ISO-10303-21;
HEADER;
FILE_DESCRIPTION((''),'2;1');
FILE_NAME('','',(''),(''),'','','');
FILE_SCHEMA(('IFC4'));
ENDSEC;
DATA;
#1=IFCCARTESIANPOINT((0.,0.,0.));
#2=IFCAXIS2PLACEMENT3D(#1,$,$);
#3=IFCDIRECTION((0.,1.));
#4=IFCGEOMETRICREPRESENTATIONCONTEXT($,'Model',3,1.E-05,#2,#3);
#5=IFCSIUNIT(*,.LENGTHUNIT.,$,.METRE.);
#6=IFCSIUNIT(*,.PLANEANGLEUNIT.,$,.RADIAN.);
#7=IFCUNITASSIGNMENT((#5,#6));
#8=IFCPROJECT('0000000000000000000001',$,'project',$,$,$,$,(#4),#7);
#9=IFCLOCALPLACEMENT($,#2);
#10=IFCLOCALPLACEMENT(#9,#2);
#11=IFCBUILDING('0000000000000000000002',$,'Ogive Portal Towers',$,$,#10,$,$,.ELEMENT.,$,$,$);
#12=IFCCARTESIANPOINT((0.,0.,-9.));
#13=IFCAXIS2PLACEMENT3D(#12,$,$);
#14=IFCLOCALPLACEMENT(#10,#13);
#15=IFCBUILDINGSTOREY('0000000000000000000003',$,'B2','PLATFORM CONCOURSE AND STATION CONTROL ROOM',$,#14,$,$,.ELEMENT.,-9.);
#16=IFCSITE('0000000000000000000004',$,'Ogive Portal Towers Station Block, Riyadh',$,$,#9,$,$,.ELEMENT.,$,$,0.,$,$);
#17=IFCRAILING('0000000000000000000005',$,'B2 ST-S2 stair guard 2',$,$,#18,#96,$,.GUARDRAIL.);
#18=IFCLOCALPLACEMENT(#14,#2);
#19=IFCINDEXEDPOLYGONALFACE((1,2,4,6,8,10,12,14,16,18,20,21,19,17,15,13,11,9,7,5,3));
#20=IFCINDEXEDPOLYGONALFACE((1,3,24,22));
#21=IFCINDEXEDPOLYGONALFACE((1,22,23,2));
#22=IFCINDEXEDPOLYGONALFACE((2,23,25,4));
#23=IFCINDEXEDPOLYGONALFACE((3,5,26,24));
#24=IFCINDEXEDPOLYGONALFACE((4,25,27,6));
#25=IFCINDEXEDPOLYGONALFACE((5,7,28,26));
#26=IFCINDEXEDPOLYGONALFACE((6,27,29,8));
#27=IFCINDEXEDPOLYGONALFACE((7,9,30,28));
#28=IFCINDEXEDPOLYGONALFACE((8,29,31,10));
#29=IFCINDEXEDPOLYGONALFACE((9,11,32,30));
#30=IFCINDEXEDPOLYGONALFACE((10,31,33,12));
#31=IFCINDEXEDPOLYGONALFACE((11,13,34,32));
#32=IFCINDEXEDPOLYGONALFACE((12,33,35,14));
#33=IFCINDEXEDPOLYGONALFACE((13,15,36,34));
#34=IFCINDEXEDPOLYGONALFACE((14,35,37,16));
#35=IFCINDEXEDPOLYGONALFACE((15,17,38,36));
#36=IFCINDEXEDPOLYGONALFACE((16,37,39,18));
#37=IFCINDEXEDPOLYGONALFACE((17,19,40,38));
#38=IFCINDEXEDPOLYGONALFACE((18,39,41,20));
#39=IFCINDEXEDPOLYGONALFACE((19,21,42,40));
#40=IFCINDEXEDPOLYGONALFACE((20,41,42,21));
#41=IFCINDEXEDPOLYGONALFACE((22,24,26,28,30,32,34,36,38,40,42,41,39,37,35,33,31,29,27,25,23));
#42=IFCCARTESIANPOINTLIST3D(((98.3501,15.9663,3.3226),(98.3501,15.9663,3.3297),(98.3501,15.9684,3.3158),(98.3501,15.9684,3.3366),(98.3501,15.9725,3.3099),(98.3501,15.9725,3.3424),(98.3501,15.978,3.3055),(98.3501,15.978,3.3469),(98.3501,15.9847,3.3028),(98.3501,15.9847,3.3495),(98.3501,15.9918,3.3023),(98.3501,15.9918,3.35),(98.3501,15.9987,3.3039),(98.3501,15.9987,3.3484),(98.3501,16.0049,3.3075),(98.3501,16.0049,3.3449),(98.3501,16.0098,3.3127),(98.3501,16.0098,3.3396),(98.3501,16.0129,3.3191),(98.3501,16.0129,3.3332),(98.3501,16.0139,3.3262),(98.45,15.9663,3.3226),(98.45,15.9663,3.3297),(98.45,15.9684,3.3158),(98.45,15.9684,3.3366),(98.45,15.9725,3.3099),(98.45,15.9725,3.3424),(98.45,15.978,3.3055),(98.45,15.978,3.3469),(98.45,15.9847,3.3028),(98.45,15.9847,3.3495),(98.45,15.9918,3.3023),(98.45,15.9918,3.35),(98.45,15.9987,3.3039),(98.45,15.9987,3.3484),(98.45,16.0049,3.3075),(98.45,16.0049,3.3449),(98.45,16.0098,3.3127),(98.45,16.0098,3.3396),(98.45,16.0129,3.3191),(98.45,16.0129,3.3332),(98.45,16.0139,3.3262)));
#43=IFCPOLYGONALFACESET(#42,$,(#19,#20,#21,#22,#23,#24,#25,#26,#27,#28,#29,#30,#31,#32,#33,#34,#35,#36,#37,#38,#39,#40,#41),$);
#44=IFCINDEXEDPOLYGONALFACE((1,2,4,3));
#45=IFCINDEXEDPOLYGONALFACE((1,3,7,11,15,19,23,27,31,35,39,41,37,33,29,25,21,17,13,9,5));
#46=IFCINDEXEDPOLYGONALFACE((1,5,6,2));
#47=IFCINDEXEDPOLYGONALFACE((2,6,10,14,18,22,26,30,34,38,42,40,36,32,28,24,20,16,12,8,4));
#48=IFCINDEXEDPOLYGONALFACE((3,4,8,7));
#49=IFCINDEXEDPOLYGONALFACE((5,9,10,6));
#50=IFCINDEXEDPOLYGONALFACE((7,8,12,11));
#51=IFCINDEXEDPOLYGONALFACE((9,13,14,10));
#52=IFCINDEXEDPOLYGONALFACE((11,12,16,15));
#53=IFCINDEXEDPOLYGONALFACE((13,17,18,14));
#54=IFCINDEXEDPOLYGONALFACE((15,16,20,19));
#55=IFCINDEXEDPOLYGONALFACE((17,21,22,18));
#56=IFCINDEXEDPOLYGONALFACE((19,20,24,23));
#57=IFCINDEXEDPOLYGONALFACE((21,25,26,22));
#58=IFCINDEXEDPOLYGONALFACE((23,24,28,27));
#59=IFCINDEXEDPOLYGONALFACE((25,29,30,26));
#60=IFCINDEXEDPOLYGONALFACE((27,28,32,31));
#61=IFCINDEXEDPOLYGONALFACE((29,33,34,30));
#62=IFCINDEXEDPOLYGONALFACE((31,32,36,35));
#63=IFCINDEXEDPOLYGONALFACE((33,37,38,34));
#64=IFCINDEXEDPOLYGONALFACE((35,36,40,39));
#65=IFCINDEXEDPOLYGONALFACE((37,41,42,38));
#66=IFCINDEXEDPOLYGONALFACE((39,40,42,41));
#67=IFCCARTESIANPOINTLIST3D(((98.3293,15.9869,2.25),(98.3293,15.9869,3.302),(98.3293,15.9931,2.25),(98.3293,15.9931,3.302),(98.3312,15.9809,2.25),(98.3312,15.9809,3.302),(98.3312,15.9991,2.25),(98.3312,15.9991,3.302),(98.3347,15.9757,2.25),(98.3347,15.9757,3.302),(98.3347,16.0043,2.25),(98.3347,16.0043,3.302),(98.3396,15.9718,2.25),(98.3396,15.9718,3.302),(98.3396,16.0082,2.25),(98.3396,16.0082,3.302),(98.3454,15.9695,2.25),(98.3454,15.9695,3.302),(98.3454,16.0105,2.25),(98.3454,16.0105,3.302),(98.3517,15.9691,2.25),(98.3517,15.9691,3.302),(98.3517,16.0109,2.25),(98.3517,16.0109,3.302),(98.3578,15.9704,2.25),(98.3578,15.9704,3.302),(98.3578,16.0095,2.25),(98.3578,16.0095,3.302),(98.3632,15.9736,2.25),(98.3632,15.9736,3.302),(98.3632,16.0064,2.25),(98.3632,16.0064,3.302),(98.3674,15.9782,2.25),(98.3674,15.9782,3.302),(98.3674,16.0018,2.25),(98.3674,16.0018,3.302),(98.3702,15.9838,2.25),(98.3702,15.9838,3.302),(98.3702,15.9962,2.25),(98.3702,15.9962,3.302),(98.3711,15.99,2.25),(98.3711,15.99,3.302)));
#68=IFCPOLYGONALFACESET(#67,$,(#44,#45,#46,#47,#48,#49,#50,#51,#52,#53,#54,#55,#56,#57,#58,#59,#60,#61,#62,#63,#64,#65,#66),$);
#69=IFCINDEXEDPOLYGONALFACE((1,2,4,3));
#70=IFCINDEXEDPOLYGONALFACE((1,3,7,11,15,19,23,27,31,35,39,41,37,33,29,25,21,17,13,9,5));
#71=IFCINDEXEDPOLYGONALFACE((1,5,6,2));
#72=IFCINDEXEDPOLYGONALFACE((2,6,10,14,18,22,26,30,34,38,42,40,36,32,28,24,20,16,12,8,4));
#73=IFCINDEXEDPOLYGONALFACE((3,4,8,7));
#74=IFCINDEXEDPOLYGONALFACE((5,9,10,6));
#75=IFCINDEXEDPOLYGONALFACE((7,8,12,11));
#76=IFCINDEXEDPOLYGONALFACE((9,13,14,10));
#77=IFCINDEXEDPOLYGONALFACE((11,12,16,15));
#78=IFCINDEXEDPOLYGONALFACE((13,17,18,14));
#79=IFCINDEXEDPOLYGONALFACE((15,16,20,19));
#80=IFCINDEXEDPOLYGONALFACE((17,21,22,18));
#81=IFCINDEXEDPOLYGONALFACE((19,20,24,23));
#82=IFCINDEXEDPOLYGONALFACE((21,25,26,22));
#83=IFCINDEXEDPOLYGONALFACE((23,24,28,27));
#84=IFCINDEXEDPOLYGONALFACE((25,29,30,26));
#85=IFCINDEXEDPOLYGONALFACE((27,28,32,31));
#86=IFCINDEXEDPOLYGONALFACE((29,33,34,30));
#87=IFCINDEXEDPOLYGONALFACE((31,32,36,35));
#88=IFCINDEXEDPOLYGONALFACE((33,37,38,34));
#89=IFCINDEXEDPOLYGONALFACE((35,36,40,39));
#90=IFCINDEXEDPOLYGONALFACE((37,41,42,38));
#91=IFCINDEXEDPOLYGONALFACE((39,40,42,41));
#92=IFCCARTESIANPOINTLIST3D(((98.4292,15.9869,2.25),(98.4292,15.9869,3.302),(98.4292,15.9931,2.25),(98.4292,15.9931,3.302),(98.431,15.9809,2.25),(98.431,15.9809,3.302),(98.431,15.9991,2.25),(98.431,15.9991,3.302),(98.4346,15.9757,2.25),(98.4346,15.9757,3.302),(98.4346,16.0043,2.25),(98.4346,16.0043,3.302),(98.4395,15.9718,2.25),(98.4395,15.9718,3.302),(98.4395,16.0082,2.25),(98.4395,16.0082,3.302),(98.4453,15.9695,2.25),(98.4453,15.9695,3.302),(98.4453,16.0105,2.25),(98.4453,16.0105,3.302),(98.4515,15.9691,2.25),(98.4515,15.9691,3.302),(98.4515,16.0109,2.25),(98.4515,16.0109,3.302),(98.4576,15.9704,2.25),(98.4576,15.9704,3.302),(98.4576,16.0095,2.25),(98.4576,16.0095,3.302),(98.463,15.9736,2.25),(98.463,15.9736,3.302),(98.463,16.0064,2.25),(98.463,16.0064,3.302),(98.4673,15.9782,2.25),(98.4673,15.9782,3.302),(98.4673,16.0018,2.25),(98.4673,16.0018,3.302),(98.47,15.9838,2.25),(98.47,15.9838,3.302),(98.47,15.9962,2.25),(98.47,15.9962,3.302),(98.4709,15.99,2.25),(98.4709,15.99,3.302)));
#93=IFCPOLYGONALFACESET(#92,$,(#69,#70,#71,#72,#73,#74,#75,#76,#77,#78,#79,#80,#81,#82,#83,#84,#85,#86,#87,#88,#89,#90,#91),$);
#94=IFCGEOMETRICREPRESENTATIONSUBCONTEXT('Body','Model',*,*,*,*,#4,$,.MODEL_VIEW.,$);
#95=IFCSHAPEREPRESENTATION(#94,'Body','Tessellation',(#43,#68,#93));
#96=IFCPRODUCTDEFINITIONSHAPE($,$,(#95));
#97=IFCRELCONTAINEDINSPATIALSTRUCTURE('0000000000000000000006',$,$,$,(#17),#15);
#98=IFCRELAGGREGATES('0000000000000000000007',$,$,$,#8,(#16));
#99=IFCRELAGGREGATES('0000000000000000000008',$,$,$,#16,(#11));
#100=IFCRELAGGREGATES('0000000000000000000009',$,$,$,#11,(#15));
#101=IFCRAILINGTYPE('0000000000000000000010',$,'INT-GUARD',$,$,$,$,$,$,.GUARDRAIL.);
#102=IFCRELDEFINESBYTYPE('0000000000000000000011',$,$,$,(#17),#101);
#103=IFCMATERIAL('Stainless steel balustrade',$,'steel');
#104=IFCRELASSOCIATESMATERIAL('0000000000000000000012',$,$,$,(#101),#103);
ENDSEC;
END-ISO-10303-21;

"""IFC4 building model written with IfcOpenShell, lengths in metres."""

from ifc_helpers import new_model, si_unit, direction, frame, origin, origin_2d, place, context, subcontext, project, spatial, circle, extrude, material, type_object, element, save


model = new_model("IFC4")

# Units and contexts
model_context = context("Model", 3, precision=1e-05, world=origin(), true_north=direction((0.0, 1.0)))
body_context = subcontext(model_context, "Body", "Model", "MODEL_VIEW")
ifc_project = project(units=[si_unit("LENGTHUNIT", "METRE"), si_unit("PLANEANGLEUNIT", "RADIAN")], contexts=[model_context])

# Site, building, storey
site_placement = place(None, origin())
site = spatial("IfcSite", under=ifc_project, at=site_placement, Name="Ogive Portal Towers Station Block, Riyadh", CompositionType="ELEMENT", RefElevation=0.0)
building_placement = place(site_placement, origin())
building = spatial("IfcBuilding", under=site, at=building_placement, Name="Ogive Portal Towers", CompositionType="ELEMENT")
storey_placement = place(building_placement, frame((0.0, 0.0, -9.0)))
storey = spatial("IfcBuildingStorey", under=building, at=storey_placement, Name="B2", Description="PLATFORM CONCOURSE AND STATION CONTROL ROOM", CompositionType="ELEMENT", Elevation=-9.0)

# Railing
ifc_material_1 = material(Name="Stainless steel balustrade", Category="steel")
railing_type_1 = type_object("IfcRailingType", Name="INT-GUARD", PredefinedType="GUARDRAIL", material=ifc_material_1)
railing_1_placement = place(storey_placement, frame((98.3501, 15.99, 2.25)))
element("IfcRailing", 1, at=railing_1_placement, inside=storey, type_object=railing_type_1, Name="B2 ST-S2 stair guard 2", PredefinedType="GUARDRAIL", context=body_context, shape_type="SweptSolid", body=[
    extrude(circle(Radius=0.0239, at=origin_2d()), frame((0.0, 0.0, 1.0762), z_axis=(1.0, 0.0, 0.0), x_axis=(0.0, 1.0, 0.0)), (0.0, 0.0, 1.0), 0.0999),
    extrude(circle(Radius=0.021, at=origin_2d()), origin(), (0.0, 0.0, 1.0), 1.052),
    extrude(circle(Radius=0.021, at=origin_2d()), frame((0.0999, 0.0, 0.0)), (0.0, 0.0, 1.0), 1.052),
])

save(model, "model.ifc")
